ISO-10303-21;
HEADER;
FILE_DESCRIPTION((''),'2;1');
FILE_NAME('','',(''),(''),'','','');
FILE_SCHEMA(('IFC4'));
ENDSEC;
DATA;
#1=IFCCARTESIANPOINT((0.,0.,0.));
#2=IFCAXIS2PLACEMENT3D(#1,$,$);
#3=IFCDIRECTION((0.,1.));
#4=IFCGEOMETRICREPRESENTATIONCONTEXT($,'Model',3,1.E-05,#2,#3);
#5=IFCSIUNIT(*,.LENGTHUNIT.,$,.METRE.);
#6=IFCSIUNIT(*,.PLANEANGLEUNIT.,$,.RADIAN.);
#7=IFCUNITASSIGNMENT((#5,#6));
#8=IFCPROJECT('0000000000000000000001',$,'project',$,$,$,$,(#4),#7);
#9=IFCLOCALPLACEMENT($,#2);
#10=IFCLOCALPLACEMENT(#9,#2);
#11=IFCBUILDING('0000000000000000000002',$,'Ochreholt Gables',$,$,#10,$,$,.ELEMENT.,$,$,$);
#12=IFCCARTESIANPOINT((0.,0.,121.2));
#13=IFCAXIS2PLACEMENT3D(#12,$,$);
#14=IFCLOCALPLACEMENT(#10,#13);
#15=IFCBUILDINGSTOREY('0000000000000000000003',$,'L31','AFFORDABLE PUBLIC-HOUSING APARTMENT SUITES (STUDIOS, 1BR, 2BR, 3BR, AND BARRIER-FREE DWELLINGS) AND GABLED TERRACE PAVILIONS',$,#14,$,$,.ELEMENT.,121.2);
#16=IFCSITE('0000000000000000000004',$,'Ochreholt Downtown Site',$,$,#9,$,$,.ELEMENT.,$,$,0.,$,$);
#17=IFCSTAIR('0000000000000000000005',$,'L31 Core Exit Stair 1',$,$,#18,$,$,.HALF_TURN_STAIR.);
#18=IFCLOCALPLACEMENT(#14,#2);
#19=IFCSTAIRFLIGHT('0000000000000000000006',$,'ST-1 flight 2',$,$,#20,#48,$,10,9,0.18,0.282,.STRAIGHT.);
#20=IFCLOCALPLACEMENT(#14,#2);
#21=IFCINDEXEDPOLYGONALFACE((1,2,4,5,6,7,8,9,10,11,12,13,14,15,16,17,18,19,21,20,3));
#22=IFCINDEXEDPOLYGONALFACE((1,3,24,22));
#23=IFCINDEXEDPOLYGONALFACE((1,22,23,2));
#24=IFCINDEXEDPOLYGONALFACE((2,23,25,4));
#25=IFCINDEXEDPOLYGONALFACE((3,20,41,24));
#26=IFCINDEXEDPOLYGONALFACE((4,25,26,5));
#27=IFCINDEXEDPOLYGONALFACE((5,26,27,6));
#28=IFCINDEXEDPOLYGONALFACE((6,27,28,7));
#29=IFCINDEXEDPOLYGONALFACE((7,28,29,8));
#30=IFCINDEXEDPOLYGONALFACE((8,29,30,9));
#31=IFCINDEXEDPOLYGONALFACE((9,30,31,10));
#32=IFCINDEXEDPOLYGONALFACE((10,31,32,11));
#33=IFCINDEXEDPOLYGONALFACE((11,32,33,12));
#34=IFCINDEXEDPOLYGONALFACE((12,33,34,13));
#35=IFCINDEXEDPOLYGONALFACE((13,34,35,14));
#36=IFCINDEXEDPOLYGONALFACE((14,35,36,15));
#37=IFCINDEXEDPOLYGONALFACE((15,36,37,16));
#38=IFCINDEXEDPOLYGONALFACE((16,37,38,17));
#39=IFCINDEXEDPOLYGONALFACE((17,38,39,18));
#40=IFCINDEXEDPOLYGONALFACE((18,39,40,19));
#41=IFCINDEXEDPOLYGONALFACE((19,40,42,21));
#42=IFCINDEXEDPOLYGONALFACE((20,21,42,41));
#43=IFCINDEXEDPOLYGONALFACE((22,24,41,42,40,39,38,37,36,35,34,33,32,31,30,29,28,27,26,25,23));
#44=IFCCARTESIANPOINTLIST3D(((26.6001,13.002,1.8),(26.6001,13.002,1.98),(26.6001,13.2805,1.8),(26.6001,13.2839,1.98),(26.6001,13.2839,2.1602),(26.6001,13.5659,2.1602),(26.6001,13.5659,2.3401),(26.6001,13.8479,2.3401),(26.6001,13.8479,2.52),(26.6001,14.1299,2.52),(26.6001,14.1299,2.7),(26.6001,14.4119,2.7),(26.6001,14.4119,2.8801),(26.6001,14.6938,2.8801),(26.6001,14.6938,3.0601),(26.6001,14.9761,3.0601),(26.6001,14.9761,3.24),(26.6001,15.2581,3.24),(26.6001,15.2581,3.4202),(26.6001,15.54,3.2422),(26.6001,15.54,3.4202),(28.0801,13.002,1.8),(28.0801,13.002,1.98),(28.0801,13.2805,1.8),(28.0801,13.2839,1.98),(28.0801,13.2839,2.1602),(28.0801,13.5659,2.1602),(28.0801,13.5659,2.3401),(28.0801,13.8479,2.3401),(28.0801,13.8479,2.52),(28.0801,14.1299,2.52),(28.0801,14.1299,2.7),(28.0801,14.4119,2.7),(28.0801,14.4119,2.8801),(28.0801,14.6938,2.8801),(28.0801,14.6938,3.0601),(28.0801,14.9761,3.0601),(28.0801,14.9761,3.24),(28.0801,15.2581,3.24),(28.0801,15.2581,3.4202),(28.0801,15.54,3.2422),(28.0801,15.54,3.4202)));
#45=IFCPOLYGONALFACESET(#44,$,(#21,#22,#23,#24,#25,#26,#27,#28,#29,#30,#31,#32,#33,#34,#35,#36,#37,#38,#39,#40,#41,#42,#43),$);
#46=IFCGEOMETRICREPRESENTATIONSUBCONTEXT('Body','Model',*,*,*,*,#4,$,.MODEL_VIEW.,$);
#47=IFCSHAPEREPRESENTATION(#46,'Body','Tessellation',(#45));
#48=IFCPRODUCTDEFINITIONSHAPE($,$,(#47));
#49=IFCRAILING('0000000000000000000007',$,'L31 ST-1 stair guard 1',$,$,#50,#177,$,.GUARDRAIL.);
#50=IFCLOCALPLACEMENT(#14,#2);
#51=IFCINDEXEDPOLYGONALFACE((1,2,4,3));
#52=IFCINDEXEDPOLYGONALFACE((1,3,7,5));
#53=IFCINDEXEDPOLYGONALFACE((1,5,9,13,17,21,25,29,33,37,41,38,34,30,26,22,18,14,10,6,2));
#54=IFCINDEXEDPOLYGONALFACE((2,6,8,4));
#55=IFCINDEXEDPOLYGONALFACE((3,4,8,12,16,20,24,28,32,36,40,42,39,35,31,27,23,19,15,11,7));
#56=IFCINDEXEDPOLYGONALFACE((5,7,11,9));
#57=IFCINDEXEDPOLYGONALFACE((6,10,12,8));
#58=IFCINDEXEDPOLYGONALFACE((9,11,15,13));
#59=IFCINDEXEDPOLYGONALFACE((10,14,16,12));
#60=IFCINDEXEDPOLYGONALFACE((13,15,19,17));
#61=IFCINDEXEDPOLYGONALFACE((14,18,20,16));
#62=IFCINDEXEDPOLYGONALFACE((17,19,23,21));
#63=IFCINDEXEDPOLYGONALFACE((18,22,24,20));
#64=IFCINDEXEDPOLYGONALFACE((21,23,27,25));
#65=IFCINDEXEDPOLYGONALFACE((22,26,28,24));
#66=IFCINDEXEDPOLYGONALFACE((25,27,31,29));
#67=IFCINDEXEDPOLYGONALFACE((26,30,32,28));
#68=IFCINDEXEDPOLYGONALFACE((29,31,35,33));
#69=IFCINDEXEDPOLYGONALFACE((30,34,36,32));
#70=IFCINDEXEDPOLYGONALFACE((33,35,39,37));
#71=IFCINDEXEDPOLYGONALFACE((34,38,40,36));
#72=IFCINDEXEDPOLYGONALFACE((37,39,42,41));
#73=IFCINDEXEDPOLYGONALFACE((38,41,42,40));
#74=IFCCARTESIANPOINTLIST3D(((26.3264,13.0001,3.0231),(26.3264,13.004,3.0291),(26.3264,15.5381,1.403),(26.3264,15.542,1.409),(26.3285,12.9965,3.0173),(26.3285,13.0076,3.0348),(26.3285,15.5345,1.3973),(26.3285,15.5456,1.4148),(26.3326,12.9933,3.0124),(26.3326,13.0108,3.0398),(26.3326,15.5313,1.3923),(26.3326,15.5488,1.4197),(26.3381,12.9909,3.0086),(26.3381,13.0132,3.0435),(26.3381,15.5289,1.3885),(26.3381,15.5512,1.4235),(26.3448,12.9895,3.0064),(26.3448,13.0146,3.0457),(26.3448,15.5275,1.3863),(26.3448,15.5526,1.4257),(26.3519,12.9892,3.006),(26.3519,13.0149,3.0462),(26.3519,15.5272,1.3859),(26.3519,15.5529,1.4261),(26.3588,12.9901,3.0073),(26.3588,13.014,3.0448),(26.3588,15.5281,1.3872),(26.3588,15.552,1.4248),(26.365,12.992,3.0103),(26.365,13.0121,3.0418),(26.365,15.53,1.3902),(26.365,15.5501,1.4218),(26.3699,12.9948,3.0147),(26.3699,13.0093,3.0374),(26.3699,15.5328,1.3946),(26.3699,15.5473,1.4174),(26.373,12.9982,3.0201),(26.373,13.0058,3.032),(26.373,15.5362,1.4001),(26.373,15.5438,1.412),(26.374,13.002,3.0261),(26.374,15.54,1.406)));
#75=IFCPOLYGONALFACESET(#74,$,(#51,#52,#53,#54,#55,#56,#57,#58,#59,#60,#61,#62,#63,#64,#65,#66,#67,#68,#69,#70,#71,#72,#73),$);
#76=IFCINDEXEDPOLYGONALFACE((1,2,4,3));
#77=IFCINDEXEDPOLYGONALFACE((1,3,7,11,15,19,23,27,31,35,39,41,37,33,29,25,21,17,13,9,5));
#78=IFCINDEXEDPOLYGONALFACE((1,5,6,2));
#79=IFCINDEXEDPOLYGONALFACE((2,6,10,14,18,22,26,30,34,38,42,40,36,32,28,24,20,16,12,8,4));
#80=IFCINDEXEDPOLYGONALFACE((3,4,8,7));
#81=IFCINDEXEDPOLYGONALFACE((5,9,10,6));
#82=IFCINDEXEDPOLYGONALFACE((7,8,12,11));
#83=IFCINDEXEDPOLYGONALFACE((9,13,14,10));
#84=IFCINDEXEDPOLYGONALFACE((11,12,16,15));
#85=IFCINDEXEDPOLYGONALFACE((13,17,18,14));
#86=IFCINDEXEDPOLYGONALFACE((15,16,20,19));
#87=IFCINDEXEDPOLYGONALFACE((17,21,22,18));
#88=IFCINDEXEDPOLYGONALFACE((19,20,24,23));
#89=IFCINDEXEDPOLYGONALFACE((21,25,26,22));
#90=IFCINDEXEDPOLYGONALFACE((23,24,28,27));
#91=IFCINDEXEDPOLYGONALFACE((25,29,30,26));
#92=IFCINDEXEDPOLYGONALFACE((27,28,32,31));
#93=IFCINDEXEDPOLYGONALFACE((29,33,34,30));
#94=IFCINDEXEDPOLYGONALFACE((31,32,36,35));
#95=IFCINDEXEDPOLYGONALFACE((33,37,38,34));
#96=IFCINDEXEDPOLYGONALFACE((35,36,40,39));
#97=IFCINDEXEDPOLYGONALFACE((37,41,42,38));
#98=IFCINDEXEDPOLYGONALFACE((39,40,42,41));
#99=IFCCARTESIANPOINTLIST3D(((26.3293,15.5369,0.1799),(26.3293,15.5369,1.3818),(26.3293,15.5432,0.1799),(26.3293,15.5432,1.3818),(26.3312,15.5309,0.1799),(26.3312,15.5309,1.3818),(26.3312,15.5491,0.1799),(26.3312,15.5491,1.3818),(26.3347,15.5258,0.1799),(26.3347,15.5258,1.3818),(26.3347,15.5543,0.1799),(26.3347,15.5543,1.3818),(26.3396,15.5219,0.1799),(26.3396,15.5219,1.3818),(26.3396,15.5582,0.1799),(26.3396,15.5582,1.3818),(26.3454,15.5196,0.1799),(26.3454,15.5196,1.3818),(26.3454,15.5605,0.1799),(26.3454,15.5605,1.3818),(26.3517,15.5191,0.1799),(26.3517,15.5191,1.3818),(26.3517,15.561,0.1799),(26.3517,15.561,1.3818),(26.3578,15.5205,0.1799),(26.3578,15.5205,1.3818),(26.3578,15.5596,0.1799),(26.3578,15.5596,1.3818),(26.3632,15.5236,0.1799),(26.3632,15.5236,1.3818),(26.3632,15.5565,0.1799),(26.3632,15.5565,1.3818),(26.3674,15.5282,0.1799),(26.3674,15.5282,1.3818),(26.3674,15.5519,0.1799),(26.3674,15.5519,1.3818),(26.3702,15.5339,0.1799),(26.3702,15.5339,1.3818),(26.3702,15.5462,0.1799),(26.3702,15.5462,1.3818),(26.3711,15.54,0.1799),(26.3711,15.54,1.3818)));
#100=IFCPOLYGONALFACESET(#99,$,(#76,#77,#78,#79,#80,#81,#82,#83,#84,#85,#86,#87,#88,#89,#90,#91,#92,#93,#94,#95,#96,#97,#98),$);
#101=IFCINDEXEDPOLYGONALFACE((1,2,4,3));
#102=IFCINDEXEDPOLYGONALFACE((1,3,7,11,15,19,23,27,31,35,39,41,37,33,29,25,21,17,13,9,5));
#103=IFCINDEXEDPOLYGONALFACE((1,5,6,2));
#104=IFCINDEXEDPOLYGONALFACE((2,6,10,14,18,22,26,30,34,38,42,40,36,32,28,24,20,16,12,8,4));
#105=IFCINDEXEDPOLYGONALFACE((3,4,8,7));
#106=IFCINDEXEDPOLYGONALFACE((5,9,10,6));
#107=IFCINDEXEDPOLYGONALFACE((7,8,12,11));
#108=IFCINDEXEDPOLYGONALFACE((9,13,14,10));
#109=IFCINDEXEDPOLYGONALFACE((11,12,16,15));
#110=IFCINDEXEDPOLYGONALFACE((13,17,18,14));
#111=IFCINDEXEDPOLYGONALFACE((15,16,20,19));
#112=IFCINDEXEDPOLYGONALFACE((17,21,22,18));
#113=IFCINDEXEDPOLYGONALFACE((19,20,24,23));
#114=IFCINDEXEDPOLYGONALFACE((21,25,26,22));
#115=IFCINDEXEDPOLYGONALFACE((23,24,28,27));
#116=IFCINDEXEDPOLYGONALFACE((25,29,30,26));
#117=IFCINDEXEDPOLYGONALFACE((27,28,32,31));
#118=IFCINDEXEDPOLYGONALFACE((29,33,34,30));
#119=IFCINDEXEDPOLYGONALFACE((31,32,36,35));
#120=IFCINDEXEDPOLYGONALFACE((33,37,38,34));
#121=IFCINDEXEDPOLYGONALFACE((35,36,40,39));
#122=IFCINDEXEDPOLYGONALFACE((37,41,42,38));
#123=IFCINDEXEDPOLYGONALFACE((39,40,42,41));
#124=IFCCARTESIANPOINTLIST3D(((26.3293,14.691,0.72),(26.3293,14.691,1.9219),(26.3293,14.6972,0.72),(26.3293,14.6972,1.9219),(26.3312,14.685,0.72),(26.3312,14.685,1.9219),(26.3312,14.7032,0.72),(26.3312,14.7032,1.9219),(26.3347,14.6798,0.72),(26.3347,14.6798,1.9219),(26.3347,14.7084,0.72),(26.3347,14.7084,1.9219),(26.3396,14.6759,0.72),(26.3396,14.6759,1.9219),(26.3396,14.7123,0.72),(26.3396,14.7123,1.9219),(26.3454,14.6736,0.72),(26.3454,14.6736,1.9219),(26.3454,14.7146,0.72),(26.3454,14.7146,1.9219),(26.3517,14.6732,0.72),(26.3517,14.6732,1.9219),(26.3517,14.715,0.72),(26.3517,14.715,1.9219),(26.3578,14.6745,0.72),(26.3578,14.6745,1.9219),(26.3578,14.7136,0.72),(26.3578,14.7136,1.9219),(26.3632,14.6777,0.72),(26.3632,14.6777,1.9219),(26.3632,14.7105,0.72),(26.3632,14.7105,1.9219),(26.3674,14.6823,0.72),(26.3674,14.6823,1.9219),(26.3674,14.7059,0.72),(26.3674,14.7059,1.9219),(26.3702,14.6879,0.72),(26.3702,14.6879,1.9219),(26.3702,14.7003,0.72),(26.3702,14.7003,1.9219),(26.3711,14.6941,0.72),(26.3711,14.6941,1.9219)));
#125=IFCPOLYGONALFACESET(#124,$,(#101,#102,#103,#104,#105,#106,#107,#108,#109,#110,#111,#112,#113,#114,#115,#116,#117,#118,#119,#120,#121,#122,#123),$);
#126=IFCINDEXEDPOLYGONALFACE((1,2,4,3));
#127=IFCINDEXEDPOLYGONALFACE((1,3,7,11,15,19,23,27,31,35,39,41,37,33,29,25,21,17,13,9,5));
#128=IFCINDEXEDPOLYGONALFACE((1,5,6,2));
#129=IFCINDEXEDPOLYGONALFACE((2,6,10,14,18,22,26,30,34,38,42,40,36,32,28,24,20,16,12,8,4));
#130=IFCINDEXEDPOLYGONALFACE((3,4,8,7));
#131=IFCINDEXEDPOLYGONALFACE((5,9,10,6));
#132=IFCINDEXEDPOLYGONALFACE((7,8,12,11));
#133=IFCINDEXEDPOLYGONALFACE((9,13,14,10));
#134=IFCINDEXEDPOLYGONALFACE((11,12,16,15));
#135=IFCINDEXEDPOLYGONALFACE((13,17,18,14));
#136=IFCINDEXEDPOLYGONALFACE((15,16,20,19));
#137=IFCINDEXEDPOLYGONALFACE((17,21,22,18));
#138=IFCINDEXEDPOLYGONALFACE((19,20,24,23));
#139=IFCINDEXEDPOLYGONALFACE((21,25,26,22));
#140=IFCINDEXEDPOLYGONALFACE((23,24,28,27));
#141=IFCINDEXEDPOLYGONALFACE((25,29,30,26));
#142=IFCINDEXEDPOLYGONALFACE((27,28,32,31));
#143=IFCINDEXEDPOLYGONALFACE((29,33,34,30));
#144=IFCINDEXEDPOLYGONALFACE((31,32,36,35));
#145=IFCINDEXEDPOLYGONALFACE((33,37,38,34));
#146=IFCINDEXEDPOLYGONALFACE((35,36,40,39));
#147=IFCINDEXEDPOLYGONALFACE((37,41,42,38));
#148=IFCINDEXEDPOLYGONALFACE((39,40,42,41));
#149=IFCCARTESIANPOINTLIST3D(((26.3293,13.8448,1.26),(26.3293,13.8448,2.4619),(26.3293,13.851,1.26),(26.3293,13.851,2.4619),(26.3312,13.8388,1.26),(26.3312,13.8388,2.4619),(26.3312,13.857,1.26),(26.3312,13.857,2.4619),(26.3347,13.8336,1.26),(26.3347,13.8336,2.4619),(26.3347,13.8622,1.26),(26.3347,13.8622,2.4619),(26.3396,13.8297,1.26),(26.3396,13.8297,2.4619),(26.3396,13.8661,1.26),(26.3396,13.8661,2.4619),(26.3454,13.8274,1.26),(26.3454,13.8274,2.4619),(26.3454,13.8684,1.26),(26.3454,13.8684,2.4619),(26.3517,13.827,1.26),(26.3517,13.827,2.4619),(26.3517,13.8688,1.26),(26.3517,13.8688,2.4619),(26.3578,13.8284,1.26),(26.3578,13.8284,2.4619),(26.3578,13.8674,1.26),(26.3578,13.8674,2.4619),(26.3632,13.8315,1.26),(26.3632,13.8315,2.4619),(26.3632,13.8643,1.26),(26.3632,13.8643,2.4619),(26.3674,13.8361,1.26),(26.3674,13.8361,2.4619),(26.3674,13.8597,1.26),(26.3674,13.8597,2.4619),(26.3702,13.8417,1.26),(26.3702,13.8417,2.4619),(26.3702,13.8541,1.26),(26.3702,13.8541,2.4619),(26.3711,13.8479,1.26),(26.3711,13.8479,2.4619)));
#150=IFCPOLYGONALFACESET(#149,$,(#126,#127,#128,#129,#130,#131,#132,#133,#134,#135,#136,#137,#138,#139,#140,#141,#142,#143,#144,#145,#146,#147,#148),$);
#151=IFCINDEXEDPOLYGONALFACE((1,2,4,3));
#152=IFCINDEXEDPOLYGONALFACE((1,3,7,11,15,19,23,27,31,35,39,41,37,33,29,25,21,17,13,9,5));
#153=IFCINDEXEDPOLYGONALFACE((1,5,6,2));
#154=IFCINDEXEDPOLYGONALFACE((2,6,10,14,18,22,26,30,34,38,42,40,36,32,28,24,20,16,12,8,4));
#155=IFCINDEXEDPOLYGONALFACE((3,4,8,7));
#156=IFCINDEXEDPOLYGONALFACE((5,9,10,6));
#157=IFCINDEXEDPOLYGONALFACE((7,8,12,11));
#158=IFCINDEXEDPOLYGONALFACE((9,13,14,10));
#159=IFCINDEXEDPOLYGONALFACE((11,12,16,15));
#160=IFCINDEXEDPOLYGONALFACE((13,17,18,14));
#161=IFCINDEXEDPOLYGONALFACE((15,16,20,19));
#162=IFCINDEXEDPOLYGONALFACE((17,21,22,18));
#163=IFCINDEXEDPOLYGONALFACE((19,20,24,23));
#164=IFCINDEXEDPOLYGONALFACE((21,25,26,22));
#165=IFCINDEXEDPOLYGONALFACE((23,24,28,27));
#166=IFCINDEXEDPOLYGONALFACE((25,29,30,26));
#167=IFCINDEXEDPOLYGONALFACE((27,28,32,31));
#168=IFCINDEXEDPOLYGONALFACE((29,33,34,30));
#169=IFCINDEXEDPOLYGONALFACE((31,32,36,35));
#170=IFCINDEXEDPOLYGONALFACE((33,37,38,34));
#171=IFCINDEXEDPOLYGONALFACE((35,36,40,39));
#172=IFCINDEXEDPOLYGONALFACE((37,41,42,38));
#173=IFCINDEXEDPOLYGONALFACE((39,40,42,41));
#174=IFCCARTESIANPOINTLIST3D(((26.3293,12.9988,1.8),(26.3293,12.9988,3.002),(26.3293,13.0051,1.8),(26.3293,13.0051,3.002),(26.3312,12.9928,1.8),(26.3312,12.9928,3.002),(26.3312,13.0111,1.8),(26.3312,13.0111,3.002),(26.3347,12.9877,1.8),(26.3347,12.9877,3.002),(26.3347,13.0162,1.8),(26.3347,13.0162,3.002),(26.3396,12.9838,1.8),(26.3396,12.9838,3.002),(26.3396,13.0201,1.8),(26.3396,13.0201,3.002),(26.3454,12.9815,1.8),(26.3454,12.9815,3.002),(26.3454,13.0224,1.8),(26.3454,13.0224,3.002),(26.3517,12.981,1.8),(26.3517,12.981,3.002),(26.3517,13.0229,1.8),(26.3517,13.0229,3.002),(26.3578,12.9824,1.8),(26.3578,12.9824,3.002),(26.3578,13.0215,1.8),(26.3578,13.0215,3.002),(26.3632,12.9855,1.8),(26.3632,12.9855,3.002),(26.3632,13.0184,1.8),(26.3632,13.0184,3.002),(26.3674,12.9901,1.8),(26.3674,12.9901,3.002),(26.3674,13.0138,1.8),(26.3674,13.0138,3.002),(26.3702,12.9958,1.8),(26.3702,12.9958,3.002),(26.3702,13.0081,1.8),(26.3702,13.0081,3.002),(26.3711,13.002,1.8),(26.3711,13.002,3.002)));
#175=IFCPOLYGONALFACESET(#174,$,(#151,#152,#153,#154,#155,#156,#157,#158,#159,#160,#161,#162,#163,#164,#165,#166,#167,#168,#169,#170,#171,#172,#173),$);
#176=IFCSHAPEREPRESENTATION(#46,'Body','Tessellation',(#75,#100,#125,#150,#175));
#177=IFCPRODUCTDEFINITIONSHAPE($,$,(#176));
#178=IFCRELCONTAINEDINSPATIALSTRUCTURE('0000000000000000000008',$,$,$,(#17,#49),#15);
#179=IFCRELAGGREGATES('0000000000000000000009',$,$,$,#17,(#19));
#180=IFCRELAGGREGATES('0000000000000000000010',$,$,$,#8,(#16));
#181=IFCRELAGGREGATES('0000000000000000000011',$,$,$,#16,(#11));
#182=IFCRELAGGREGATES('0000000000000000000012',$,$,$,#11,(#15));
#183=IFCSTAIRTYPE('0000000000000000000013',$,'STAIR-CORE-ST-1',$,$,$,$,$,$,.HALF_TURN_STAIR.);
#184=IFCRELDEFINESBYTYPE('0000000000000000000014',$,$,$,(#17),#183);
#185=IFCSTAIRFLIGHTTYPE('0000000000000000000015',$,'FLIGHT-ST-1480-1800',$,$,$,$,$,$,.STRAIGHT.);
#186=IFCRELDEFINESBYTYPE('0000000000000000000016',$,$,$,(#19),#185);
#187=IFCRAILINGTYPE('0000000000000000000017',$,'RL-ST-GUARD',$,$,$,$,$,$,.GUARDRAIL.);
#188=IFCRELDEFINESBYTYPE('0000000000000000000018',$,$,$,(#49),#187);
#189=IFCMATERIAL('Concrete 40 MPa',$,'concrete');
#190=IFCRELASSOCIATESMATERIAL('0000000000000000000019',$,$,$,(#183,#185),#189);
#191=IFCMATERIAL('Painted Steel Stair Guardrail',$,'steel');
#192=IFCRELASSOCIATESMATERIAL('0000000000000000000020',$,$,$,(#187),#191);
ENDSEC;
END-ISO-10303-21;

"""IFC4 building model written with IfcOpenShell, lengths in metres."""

from ifc_helpers import new_model, si_unit, direction, frame, origin, origin_2d, place, context, subcontext, project, spatial, polyline, circle, outline, extrude, material, type_object, element, aggregate, save


model = new_model("IFC4")

# Units and contexts
model_context = context("Model", 3, precision=1e-05, world=origin(), true_north=direction((0.0, 1.0)))
body_context = subcontext(model_context, "Body", "Model", "MODEL_VIEW")
ifc_project = project(units=[si_unit("LENGTHUNIT", "METRE"), si_unit("PLANEANGLEUNIT", "RADIAN")], contexts=[model_context])

# Site, building, storey
site_placement = place(None, origin())
site = spatial("IfcSite", under=ifc_project, at=site_placement, Name="Ochreholt Downtown Site", CompositionType="ELEMENT", RefElevation=0.0)
building_placement = place(site_placement, origin())
building = spatial("IfcBuilding", under=site, at=building_placement, Name="Ochreholt Gables", CompositionType="ELEMENT")
storey_placement = place(building_placement, frame((0.0, 0.0, 121.2)))
storey = spatial("IfcBuildingStorey", under=building, at=storey_placement, Name="L31", Description="AFFORDABLE PUBLIC-HOUSING APARTMENT SUITES (STUDIOS, 1BR, 2BR, 3BR, AND BARRIER-FREE DWELLINGS) AND GABLED TERRACE PAVILIONS", CompositionType="ELEMENT", Elevation=121.2)

# Stair, stair flight
ifc_material_1 = material(Name="Concrete 40 MPa", Category="concrete")
stair_type = type_object("IfcStairType", Name="STAIR-CORE-ST-1", PredefinedType="HALF_TURN_STAIR", material=ifc_material_1)
stair_placement = place(storey_placement, origin())
stair = element("IfcStair", 1, at=stair_placement, inside=storey, type_object=stair_type, Name="L31 Core Exit Stair 1", PredefinedType="HALF_TURN_STAIR")
stair_flight_type = type_object("IfcStairFlightType", Name="FLIGHT-ST-1480-1800", PredefinedType="STRAIGHT", material=ifc_material_1)
stair_flight_1_placement = place(storey_placement, frame((27.3401, 13.002, 1.8), z_axis=(0.0, 0.0, 1.0), x_axis=(0.0, 1.0, 0.0)))
stair_flight_1 = element("IfcStairFlight", 2, at=stair_flight_1_placement, type_object=stair_flight_type, Name="ST-1 flight 2", NumberOfRisers=10, NumberOfTreads=9, PredefinedType="STRAIGHT", RiserHeight=0.18, TreadLength=0.282, context=body_context, shape_type="SweptSolid", body=[
    extrude(outline(polyline([(0.0, 0.0), (0.0, 0.1799), (0.282, 0.1799), (0.282, 0.3601), (0.564, 0.3601), (0.564, 0.54), (0.8459, 0.54), (0.8459, 0.72), (1.1279, 0.72), (1.1279, 0.8999), (1.4099, 0.8999), (1.4099, 1.0801), (1.6919, 1.0801), (1.6919, 1.26), (1.9741, 1.26), (1.9741, 1.4399), (2.2561, 1.4399), (2.2561, 1.6201), (2.5381, 1.6201), (2.5381, 1.8), (2.5381, 1.4421), (0.2786, 0.0), (0.0, 0.0)])), frame((0.0, 0.74, 0.0), z_axis=(0.0, -1.0, 0.0), x_axis=(1.0, 0.0, 0.0)), (0.0, 0.0, 1.0), 1.48),
])
aggregate(stair, [stair_flight_1])

# Railing
ifc_material_2 = material(Name="Painted Steel Stair Guardrail", Category="steel")
railing_type_1 = type_object("IfcRailingType", Name="RL-ST-GUARD", PredefinedType="GUARDRAIL", material=ifc_material_2)
railing_1_placement = place(storey_placement, frame((26.3501, 15.54, 0.1799)))
element("IfcRailing", 3, at=railing_1_placement, inside=storey, type_object=railing_type_1, Name="L31 ST-1 stair guard 1", PredefinedType="GUARDRAIL", context=body_context, shape_type="SweptSolid", body=[
    extrude(circle(Radius=0.0239, at=origin_2d()), frame((0.0, 0.0, 1.2261), z_axis=(0.0, -0.842913, 0.53805), x_axis=(1.0, 0.0, 0.0)), (0.0, 0.0, 1.0), 3.011),
    extrude(circle(Radius=0.021, at=origin_2d()), origin(), (0.0, 0.0, 1.0), 1.2019),
    extrude(circle(Radius=0.021, at=origin_2d()), frame((0.0, -0.8459, 0.54)), (0.0, 0.0, 1.0), 1.2019),
    extrude(circle(Radius=0.021, at=origin_2d()), frame((0.0, -1.6921, 1.0801)), (0.0, 0.0, 1.0), 1.2019),
    extrude(circle(Radius=0.021, at=origin_2d()), frame((0.0, -2.5381, 1.6201)), (0.0, 0.0, 1.0), 1.2019),
])

save(model, "model.ifc")
